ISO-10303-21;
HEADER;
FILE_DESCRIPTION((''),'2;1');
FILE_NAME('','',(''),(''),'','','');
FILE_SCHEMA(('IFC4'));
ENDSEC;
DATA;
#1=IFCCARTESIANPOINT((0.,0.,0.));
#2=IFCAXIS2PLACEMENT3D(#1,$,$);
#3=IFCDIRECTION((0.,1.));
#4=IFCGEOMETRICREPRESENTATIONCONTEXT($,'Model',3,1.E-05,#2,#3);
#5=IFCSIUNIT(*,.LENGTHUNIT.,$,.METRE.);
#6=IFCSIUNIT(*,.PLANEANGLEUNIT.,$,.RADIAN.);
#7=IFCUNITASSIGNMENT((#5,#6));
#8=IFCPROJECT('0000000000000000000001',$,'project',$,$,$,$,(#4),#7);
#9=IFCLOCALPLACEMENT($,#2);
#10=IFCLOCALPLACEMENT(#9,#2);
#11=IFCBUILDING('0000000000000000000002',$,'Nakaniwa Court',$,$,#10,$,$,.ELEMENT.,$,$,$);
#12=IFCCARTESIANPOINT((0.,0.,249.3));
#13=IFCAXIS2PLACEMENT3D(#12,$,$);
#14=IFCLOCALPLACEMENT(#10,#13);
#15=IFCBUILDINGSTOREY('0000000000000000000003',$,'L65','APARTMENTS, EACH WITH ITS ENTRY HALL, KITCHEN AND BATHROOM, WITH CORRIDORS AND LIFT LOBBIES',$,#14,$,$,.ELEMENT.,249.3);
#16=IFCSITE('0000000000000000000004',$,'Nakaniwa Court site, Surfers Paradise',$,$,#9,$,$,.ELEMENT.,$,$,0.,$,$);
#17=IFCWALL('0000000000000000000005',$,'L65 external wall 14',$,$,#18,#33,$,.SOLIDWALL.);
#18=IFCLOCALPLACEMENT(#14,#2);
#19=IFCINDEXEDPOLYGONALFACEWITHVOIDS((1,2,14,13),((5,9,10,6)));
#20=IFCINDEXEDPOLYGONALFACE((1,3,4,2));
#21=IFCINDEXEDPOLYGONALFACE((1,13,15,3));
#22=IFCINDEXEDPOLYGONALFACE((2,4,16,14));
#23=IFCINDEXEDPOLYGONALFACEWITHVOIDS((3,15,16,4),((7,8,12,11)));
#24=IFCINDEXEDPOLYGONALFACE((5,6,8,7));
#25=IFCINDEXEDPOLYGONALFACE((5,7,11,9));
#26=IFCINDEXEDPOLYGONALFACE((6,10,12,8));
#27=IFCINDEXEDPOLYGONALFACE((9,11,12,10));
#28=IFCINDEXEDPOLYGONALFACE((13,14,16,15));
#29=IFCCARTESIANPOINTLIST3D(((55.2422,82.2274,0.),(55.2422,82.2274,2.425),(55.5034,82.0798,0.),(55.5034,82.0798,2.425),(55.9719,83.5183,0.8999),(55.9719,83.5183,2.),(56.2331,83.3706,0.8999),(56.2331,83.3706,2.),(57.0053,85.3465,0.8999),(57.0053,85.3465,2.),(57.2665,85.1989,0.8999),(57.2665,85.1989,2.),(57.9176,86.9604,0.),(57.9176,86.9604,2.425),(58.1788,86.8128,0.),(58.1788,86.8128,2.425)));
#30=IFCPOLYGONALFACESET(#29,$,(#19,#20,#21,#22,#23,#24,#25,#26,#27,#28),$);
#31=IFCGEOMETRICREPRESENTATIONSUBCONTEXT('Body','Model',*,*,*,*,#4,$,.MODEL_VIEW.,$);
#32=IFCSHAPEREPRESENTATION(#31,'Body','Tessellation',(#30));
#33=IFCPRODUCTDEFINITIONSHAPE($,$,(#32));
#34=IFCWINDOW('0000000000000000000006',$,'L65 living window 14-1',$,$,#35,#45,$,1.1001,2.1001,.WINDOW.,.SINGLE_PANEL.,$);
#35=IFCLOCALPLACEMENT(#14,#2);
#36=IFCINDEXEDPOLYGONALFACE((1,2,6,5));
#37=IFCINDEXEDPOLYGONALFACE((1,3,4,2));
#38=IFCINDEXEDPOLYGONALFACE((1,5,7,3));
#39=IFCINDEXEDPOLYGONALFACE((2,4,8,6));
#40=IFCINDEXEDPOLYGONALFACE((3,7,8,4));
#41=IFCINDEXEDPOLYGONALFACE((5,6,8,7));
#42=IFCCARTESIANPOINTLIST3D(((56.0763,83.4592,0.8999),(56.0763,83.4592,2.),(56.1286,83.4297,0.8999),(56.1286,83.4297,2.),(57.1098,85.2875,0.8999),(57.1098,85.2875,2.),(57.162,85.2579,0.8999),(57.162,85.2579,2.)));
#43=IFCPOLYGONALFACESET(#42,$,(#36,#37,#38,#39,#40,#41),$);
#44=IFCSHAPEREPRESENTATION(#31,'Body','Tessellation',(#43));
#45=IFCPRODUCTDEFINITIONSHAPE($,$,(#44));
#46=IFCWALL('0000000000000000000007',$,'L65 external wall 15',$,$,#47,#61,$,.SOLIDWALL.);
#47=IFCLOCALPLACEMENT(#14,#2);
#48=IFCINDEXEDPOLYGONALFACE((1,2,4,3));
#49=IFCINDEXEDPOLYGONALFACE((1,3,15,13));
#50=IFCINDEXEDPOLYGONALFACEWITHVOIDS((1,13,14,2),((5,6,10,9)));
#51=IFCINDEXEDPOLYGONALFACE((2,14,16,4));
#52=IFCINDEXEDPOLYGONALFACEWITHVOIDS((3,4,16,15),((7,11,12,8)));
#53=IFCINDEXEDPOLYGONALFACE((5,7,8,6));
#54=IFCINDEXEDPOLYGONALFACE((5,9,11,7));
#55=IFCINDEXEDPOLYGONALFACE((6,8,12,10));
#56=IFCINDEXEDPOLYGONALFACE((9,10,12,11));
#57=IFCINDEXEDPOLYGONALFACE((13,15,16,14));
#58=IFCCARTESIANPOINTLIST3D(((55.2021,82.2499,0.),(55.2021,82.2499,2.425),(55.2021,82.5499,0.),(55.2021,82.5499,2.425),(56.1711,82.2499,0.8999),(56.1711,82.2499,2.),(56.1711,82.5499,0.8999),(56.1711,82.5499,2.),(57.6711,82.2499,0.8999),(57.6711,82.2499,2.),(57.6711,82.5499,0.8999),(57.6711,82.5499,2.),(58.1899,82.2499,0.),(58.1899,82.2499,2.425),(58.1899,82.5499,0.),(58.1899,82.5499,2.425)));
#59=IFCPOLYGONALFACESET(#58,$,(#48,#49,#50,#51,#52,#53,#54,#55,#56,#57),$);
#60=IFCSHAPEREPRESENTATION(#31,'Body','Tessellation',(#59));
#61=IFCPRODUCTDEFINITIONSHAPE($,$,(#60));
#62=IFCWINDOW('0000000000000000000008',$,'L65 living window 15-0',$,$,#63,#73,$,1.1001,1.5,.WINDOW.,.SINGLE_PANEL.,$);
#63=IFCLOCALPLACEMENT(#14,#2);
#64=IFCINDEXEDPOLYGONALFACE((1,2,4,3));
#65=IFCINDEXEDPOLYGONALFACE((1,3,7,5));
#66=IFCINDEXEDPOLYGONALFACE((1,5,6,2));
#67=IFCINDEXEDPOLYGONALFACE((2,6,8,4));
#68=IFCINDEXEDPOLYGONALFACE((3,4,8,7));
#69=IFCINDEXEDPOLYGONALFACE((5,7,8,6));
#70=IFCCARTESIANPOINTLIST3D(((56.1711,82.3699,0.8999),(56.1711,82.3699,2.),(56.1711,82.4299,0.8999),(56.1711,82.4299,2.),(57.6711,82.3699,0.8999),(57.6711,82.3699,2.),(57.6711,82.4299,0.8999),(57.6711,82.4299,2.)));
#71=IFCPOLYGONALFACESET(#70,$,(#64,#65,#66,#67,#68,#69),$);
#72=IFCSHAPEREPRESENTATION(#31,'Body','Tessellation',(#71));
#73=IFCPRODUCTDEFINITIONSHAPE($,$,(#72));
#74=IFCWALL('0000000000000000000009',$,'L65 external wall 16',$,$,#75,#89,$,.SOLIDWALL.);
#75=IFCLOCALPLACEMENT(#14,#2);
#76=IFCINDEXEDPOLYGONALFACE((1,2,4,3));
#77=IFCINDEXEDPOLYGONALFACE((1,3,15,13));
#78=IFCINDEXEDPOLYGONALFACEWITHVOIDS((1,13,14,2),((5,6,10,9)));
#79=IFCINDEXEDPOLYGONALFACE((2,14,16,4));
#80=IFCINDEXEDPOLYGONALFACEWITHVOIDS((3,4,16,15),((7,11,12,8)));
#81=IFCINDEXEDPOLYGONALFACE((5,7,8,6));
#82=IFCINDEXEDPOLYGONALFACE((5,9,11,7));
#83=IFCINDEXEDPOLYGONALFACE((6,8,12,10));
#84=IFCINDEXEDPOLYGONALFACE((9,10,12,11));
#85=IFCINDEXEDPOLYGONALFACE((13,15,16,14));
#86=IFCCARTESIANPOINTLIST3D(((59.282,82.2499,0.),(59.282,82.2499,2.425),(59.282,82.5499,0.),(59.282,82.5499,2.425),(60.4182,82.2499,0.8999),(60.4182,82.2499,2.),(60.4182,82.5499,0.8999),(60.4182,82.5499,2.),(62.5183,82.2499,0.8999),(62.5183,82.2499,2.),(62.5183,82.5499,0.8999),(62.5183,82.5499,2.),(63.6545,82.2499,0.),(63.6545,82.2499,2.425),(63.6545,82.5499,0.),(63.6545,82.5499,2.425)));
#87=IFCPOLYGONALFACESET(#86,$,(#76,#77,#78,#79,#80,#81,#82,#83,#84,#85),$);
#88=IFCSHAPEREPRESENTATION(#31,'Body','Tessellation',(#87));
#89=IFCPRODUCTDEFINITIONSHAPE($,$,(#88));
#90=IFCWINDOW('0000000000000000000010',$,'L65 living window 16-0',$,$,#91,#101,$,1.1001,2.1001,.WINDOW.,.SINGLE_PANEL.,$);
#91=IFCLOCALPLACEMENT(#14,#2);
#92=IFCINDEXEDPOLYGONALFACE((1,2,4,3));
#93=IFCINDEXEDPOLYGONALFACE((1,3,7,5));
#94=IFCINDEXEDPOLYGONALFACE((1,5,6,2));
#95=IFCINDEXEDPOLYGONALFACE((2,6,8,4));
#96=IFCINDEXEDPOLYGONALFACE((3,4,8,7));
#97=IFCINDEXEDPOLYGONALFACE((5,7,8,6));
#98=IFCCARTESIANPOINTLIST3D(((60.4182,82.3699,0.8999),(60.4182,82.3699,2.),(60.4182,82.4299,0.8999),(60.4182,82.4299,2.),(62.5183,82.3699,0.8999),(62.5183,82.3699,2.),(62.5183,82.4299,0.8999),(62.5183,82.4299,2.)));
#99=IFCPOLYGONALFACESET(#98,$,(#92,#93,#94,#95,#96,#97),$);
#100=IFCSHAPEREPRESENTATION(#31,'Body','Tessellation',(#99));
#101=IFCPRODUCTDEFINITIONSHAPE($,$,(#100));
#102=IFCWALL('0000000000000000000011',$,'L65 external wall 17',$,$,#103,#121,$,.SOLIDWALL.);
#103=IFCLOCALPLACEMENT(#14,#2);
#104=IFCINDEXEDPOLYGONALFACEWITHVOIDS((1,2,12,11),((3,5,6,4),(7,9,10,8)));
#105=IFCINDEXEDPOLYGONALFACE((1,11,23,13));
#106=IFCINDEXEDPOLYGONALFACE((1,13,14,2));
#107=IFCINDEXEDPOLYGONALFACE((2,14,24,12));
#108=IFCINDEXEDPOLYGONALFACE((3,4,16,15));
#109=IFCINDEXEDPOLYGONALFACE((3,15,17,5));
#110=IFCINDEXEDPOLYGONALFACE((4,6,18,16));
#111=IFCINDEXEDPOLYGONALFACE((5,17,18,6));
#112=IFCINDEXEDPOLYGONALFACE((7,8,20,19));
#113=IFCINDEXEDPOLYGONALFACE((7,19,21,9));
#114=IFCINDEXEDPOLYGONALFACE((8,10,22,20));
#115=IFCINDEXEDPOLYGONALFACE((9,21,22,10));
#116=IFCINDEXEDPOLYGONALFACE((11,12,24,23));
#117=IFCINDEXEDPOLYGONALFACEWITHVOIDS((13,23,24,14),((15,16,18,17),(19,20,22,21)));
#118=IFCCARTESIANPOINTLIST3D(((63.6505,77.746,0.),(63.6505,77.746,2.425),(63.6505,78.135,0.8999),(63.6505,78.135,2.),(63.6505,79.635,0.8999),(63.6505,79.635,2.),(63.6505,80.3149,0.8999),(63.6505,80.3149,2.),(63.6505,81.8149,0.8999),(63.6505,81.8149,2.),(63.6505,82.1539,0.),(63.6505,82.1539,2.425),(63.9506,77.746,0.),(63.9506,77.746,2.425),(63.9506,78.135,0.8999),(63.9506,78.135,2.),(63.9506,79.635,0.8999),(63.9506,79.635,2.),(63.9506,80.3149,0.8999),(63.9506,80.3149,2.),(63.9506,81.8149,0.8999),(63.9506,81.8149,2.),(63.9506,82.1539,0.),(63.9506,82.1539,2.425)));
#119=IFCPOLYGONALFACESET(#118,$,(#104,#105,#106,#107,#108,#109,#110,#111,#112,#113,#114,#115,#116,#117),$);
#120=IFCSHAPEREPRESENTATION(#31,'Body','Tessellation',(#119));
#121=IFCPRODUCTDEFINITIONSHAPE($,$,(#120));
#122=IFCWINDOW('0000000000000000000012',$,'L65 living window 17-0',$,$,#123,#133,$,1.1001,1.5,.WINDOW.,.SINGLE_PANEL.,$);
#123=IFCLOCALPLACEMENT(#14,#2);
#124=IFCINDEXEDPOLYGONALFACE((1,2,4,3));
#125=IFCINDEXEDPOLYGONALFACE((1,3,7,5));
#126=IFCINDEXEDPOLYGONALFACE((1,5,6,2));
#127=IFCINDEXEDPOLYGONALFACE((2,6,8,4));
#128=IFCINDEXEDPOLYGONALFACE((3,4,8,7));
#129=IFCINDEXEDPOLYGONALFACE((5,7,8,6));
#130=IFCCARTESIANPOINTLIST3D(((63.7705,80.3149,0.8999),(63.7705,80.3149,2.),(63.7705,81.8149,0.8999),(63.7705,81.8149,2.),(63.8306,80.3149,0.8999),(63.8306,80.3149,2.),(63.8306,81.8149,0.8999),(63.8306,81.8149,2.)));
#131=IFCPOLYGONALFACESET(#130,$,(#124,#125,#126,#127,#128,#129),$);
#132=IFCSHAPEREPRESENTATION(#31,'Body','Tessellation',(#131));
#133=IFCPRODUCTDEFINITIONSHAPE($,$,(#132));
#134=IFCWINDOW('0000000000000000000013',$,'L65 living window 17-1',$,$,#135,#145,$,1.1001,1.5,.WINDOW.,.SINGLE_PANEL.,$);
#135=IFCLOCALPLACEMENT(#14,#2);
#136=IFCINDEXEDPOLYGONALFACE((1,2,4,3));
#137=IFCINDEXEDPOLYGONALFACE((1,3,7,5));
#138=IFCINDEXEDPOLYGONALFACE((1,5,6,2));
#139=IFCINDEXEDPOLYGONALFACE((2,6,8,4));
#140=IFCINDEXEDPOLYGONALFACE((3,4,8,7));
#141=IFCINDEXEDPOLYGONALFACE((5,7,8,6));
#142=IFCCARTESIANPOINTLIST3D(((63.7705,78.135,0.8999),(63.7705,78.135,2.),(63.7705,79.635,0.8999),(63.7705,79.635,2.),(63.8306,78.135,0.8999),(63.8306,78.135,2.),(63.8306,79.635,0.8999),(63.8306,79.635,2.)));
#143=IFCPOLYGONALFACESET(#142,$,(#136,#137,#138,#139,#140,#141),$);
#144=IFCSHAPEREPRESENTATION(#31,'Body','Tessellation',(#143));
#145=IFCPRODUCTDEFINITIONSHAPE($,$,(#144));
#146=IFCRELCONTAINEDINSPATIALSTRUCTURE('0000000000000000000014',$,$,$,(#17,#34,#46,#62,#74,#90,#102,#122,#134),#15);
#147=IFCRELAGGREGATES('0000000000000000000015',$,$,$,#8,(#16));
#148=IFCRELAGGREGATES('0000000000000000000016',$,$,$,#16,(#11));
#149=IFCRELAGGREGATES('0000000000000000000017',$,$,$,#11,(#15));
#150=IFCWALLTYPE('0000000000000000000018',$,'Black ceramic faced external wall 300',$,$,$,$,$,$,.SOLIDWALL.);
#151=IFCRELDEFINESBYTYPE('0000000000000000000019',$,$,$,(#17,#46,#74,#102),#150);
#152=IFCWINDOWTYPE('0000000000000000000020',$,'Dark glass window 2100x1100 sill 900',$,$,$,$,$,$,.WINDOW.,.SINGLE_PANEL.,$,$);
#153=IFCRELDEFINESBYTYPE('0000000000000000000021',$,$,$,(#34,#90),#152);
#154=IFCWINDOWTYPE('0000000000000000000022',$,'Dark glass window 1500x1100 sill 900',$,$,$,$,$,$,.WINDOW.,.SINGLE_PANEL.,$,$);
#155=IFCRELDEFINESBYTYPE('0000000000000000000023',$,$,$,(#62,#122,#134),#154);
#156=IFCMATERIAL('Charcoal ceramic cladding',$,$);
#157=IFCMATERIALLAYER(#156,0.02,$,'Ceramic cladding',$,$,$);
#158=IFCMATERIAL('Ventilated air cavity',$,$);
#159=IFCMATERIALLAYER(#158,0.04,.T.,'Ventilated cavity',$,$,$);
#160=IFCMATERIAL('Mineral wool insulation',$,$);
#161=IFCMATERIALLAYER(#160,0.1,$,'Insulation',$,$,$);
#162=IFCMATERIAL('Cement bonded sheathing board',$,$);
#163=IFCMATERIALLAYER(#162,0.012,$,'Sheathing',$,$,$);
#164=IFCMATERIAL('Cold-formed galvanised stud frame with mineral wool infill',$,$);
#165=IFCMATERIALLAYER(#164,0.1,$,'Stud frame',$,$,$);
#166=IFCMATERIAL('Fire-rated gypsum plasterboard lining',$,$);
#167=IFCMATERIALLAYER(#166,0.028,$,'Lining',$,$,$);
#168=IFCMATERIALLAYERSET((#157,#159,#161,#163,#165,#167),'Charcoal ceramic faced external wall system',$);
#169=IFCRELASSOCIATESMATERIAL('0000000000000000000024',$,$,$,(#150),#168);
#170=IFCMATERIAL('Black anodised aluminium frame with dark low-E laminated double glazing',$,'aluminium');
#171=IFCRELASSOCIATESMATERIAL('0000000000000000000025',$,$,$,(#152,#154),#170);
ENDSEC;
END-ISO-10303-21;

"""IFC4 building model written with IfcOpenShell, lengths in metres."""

from ifc_helpers import new_model, si_unit, direction, frame, frame_2d, origin, place, context, subcontext, project, spatial, rectangle, extrude, material, layer, layer_set, type_object, element, fill, save


model = new_model("IFC4")

# Units and contexts
model_context = context("Model", 3, precision=1e-05, world=origin(), true_north=direction((0.0, 1.0)))
body_context = subcontext(model_context, "Body", "Model", "MODEL_VIEW")
ifc_project = project(units=[si_unit("LENGTHUNIT", "METRE"), si_unit("PLANEANGLEUNIT", "RADIAN")], contexts=[model_context])

# Site, building, storey
site_placement = place(None, origin())
site = spatial("IfcSite", under=ifc_project, at=site_placement, Name="Nakaniwa Court site, Surfers Paradise", CompositionType="ELEMENT", RefElevation=0.0)
building_placement = place(site_placement, origin())
building = spatial("IfcBuilding", under=site, at=building_placement, Name="Nakaniwa Court", CompositionType="ELEMENT")
storey_placement = place(building_placement, frame((0.0, 0.0, 249.3)))
storey = spatial("IfcBuildingStorey", under=building, at=storey_placement, Name="L65", Description="APARTMENTS, EACH WITH ITS ENTRY HALL, KITCHEN AND BATHROOM, WITH CORRIDORS AND LIFT LOBBIES", CompositionType="ELEMENT", Elevation=249.3)

# Walls, openings, windows
ifc_material_1 = material(Name="Charcoal ceramic cladding")
ifc_layer_1 = layer(ifc_material_1, 0.02, Name="Ceramic cladding")
ifc_material_2 = material(Name="Ventilated air cavity")
ifc_layer_2 = layer(ifc_material_2, 0.04, ventilated=True, Name="Ventilated cavity")
ifc_material_3 = material(Name="Mineral wool insulation")
ifc_layer_3 = layer(ifc_material_3, 0.1, Name="Insulation")
ifc_material_4 = material(Name="Cement bonded sheathing board")
ifc_layer_4 = layer(ifc_material_4, 0.012, Name="Sheathing")
ifc_material_5 = material(Name="Cold-formed galvanised stud frame with mineral wool infill")
ifc_layer_5 = layer(ifc_material_5, 0.1, Name="Stud frame")
ifc_material_6 = material(Name="Fire-rated gypsum plasterboard lining")
ifc_layer_6 = layer(ifc_material_6, 0.028, Name="Lining")
ifc_layer_set_1 = layer_set([ifc_layer_1, ifc_layer_2, ifc_layer_3, ifc_layer_4, ifc_layer_5, ifc_layer_6], Name="Charcoal ceramic faced external wall system")
wall_type_1 = type_object("IfcWallType", Name="Black ceramic faced external wall 300", PredefinedType="SOLIDWALL", material=ifc_layer_set_1)
wall_1_placement = place(storey_placement, frame((58.0481, 86.8865, 0.0), z_axis=(0.0, 0.0, 1.0), x_axis=(-0.492081, -0.870549, 0.0)))
wall_1 = element("IfcWall", 1, at=wall_1_placement, inside=storey, type_object=wall_type_1, Name="L65 external wall 14", PredefinedType="SOLIDWALL", context=body_context, shape_type="SweptSolid", body=[
    extrude(rectangle(XDim=5.4368, YDim=0.3, at=frame_2d((2.7183, 0.0))), origin(), (0.0, 0.0, 1.0), 2.425),
])
opening_1_placement = place(wall_1_placement, frame((1.8538, 0.0, 0.8999)))
opening_1 = element("IfcOpeningElement", 2, at=opening_1_placement, cuts=wall_1, PredefinedType="OPENING", context=body_context, shape_type="SweptSolid", body=[
    extrude(rectangle(XDim=2.1001, YDim=1.1001, at=frame_2d((1.05, 0.55))), frame((0.0, 0.1599, 0.0), z_axis=(0.0, -1.0, 0.0), x_axis=(1.0, 0.0, 0.0)), (0.0, 0.0, 1.0), 0.3201),
])
ifc_material_7 = material(Name="Black anodised aluminium frame with dark low-E laminated double glazing", Category="aluminium")
window_type_1 = type_object("IfcWindowType", Name="Dark glass window 2100x1100 sill 900", PartitioningType="SINGLE_PANEL", PredefinedType="WINDOW", material=ifc_material_7)
window_1_placement = place(opening_1_placement, origin())
window_1 = element("IfcWindow", 3, at=window_1_placement, inside=storey, type_object=window_type_1, Name="L65 living window 14-1", OverallHeight=1.1001, OverallWidth=2.1001, PartitioningType="SINGLE_PANEL", PredefinedType="WINDOW", context=body_context, shape_type="SweptSolid", body=[
    extrude(rectangle(XDim=2.1001, YDim=1.1001, at=frame_2d((1.05, 0.55))), frame((0.0, 0.03, 0.0), z_axis=(0.0, -1.0, 0.0), x_axis=(1.0, 0.0, 0.0)), (0.0, 0.0, 1.0), 0.0601),
])
fill(opening_1, window_1)
wall_2_placement = place(storey_placement, frame((55.2021, 82.3999, 0.0), z_axis=(0.0, 0.0, 1.0), x_axis=(1.0, 0.0, 0.0)))
wall_2 = element("IfcWall", 4, at=wall_2_placement, inside=storey, type_object=wall_type_1, Name="L65 external wall 15", PredefinedType="SOLIDWALL", context=body_context, shape_type="SweptSolid", body=[
    extrude(rectangle(XDim=2.9878, YDim=0.3, at=frame_2d((1.4939, 0.0))), origin(), (0.0, 0.0, 1.0), 2.425),
])
opening_2_placement = place(wall_2_placement, frame((0.969, 0.0, 0.8999)))
opening_2 = element("IfcOpeningElement", 5, at=opening_2_placement, cuts=wall_2, PredefinedType="OPENING", context=body_context, shape_type="SweptSolid", body=[
    extrude(rectangle(XDim=1.5, YDim=1.1001, at=frame_2d((0.75, 0.55))), frame((0.0, 0.1599, 0.0), z_axis=(0.0, -1.0, 0.0), x_axis=(1.0, 0.0, 0.0)), (0.0, 0.0, 1.0), 0.3201),
])
window_type_2 = type_object("IfcWindowType", Name="Dark glass window 1500x1100 sill 900", PartitioningType="SINGLE_PANEL", PredefinedType="WINDOW", material=ifc_material_7)
window_2_placement = place(opening_2_placement, origin())
window_2 = element("IfcWindow", 6, at=window_2_placement, inside=storey, type_object=window_type_2, Name="L65 living window 15-0", OverallHeight=1.1001, OverallWidth=1.5, PartitioningType="SINGLE_PANEL", PredefinedType="WINDOW", context=body_context, shape_type="SweptSolid", body=[
    extrude(rectangle(XDim=1.5, YDim=1.1001, at=frame_2d((0.75, 0.55))), frame((0.0, 0.03, 0.0), z_axis=(0.0, -1.0, 0.0), x_axis=(1.0, 0.0, 0.0)), (0.0, 0.0, 1.0), 0.0601),
])
fill(opening_2, window_2)
wall_3_placement = place(storey_placement, frame((59.282, 82.3999, 0.0), z_axis=(0.0, 0.0, 1.0), x_axis=(1.0, 0.0, 0.0)))
wall_3 = element("IfcWall", 7, at=wall_3_placement, inside=storey, type_object=wall_type_1, Name="L65 external wall 16", PredefinedType="SOLIDWALL", context=body_context, shape_type="SweptSolid", body=[
    extrude(rectangle(XDim=4.3726, YDim=0.3, at=frame_2d((2.1863, 0.0))), origin(), (0.0, 0.0, 1.0), 2.425),
])
opening_3_placement = place(wall_3_placement, frame((1.1362, 0.0, 0.8999)))
opening_3 = element("IfcOpeningElement", 8, at=opening_3_placement, cuts=wall_3, PredefinedType="OPENING", context=body_context, shape_type="SweptSolid", body=[
    extrude(rectangle(XDim=2.1001, YDim=1.1001, at=frame_2d((1.05, 0.55))), frame((0.0, 0.1599, 0.0), z_axis=(0.0, -1.0, 0.0), x_axis=(1.0, 0.0, 0.0)), (0.0, 0.0, 1.0), 0.3201),
])
window_3_placement = place(opening_3_placement, origin())
window_3 = element("IfcWindow", 9, at=window_3_placement, inside=storey, type_object=window_type_1, Name="L65 living window 16-0", OverallHeight=1.1001, OverallWidth=2.1001, PartitioningType="SINGLE_PANEL", PredefinedType="WINDOW", context=body_context, shape_type="SweptSolid", body=[
    extrude(rectangle(XDim=2.1001, YDim=1.1001, at=frame_2d((1.05, 0.55))), frame((0.0, 0.03, 0.0), z_axis=(0.0, -1.0, 0.0), x_axis=(1.0, 0.0, 0.0)), (0.0, 0.0, 1.0), 0.0601),
])
fill(opening_3, window_3)

# Wall, openings, windows
wall_4_placement = place(storey_placement, frame((63.8005, 82.1541, 0.0), z_axis=(0.0, 0.0, 1.0), x_axis=(0.0, -1.0, 0.0)))
wall_4 = element("IfcWall", 10, at=wall_4_placement, inside=storey, type_object=wall_type_1, Name="L65 external wall 17", PredefinedType="SOLIDWALL", context=body_context, shape_type="SweptSolid", body=[
    extrude(rectangle(XDim=4.408, YDim=0.3, at=frame_2d((2.2041, 0.0))), origin(), (0.0, 0.0, 1.0), 2.425),
])
opening_4_placement = place(wall_4_placement, frame((0.3391, 0.0, 0.8999)))
opening_4 = element("IfcOpeningElement", 11, at=opening_4_placement, cuts=wall_4, PredefinedType="OPENING", context=body_context, shape_type="SweptSolid", body=[
    extrude(rectangle(XDim=1.5, YDim=1.1001, at=frame_2d((0.75, 0.55))), frame((0.0, 0.1599, 0.0), z_axis=(0.0, -1.0, 0.0), x_axis=(1.0, 0.0, 0.0)), (0.0, 0.0, 1.0), 0.3201),
])
opening_5_placement = place(wall_4_placement, frame((2.519, 0.0, 0.8999)))
opening_5 = element("IfcOpeningElement", 12, at=opening_5_placement, cuts=wall_4, PredefinedType="OPENING", context=body_context, shape_type="SweptSolid", body=[
    extrude(rectangle(XDim=1.5, YDim=1.1001, at=frame_2d((0.75, 0.55))), frame((0.0, 0.1599, 0.0), z_axis=(0.0, -1.0, 0.0), x_axis=(1.0, 0.0, 0.0)), (0.0, 0.0, 1.0), 0.3201),
])
window_4_placement = place(opening_4_placement, origin())
window_4 = element("IfcWindow", 13, at=window_4_placement, inside=storey, type_object=window_type_2, Name="L65 living window 17-0", OverallHeight=1.1001, OverallWidth=1.5, PartitioningType="SINGLE_PANEL", PredefinedType="WINDOW", context=body_context, shape_type="SweptSolid", body=[
    extrude(rectangle(XDim=1.5, YDim=1.1001, at=frame_2d((0.75, 0.55))), frame((0.0, 0.03, 0.0), z_axis=(0.0, -1.0, 0.0), x_axis=(1.0, 0.0, 0.0)), (0.0, 0.0, 1.0), 0.0601),
])
fill(opening_4, window_4)
window_5_placement = place(opening_5_placement, origin())
window_5 = element("IfcWindow", 14, at=window_5_placement, inside=storey, type_object=window_type_2, Name="L65 living window 17-1", OverallHeight=1.1001, OverallWidth=1.5, PartitioningType="SINGLE_PANEL", PredefinedType="WINDOW", context=body_context, shape_type="SweptSolid", body=[
    extrude(rectangle(XDim=1.5, YDim=1.1001, at=frame_2d((0.75, 0.55))), frame((0.0, 0.03, 0.0), z_axis=(0.0, -1.0, 0.0), x_axis=(1.0, 0.0, 0.0)), (0.0, 0.0, 1.0), 0.0601),
])
fill(opening_5, window_5)

save(model, "model.ifc")
